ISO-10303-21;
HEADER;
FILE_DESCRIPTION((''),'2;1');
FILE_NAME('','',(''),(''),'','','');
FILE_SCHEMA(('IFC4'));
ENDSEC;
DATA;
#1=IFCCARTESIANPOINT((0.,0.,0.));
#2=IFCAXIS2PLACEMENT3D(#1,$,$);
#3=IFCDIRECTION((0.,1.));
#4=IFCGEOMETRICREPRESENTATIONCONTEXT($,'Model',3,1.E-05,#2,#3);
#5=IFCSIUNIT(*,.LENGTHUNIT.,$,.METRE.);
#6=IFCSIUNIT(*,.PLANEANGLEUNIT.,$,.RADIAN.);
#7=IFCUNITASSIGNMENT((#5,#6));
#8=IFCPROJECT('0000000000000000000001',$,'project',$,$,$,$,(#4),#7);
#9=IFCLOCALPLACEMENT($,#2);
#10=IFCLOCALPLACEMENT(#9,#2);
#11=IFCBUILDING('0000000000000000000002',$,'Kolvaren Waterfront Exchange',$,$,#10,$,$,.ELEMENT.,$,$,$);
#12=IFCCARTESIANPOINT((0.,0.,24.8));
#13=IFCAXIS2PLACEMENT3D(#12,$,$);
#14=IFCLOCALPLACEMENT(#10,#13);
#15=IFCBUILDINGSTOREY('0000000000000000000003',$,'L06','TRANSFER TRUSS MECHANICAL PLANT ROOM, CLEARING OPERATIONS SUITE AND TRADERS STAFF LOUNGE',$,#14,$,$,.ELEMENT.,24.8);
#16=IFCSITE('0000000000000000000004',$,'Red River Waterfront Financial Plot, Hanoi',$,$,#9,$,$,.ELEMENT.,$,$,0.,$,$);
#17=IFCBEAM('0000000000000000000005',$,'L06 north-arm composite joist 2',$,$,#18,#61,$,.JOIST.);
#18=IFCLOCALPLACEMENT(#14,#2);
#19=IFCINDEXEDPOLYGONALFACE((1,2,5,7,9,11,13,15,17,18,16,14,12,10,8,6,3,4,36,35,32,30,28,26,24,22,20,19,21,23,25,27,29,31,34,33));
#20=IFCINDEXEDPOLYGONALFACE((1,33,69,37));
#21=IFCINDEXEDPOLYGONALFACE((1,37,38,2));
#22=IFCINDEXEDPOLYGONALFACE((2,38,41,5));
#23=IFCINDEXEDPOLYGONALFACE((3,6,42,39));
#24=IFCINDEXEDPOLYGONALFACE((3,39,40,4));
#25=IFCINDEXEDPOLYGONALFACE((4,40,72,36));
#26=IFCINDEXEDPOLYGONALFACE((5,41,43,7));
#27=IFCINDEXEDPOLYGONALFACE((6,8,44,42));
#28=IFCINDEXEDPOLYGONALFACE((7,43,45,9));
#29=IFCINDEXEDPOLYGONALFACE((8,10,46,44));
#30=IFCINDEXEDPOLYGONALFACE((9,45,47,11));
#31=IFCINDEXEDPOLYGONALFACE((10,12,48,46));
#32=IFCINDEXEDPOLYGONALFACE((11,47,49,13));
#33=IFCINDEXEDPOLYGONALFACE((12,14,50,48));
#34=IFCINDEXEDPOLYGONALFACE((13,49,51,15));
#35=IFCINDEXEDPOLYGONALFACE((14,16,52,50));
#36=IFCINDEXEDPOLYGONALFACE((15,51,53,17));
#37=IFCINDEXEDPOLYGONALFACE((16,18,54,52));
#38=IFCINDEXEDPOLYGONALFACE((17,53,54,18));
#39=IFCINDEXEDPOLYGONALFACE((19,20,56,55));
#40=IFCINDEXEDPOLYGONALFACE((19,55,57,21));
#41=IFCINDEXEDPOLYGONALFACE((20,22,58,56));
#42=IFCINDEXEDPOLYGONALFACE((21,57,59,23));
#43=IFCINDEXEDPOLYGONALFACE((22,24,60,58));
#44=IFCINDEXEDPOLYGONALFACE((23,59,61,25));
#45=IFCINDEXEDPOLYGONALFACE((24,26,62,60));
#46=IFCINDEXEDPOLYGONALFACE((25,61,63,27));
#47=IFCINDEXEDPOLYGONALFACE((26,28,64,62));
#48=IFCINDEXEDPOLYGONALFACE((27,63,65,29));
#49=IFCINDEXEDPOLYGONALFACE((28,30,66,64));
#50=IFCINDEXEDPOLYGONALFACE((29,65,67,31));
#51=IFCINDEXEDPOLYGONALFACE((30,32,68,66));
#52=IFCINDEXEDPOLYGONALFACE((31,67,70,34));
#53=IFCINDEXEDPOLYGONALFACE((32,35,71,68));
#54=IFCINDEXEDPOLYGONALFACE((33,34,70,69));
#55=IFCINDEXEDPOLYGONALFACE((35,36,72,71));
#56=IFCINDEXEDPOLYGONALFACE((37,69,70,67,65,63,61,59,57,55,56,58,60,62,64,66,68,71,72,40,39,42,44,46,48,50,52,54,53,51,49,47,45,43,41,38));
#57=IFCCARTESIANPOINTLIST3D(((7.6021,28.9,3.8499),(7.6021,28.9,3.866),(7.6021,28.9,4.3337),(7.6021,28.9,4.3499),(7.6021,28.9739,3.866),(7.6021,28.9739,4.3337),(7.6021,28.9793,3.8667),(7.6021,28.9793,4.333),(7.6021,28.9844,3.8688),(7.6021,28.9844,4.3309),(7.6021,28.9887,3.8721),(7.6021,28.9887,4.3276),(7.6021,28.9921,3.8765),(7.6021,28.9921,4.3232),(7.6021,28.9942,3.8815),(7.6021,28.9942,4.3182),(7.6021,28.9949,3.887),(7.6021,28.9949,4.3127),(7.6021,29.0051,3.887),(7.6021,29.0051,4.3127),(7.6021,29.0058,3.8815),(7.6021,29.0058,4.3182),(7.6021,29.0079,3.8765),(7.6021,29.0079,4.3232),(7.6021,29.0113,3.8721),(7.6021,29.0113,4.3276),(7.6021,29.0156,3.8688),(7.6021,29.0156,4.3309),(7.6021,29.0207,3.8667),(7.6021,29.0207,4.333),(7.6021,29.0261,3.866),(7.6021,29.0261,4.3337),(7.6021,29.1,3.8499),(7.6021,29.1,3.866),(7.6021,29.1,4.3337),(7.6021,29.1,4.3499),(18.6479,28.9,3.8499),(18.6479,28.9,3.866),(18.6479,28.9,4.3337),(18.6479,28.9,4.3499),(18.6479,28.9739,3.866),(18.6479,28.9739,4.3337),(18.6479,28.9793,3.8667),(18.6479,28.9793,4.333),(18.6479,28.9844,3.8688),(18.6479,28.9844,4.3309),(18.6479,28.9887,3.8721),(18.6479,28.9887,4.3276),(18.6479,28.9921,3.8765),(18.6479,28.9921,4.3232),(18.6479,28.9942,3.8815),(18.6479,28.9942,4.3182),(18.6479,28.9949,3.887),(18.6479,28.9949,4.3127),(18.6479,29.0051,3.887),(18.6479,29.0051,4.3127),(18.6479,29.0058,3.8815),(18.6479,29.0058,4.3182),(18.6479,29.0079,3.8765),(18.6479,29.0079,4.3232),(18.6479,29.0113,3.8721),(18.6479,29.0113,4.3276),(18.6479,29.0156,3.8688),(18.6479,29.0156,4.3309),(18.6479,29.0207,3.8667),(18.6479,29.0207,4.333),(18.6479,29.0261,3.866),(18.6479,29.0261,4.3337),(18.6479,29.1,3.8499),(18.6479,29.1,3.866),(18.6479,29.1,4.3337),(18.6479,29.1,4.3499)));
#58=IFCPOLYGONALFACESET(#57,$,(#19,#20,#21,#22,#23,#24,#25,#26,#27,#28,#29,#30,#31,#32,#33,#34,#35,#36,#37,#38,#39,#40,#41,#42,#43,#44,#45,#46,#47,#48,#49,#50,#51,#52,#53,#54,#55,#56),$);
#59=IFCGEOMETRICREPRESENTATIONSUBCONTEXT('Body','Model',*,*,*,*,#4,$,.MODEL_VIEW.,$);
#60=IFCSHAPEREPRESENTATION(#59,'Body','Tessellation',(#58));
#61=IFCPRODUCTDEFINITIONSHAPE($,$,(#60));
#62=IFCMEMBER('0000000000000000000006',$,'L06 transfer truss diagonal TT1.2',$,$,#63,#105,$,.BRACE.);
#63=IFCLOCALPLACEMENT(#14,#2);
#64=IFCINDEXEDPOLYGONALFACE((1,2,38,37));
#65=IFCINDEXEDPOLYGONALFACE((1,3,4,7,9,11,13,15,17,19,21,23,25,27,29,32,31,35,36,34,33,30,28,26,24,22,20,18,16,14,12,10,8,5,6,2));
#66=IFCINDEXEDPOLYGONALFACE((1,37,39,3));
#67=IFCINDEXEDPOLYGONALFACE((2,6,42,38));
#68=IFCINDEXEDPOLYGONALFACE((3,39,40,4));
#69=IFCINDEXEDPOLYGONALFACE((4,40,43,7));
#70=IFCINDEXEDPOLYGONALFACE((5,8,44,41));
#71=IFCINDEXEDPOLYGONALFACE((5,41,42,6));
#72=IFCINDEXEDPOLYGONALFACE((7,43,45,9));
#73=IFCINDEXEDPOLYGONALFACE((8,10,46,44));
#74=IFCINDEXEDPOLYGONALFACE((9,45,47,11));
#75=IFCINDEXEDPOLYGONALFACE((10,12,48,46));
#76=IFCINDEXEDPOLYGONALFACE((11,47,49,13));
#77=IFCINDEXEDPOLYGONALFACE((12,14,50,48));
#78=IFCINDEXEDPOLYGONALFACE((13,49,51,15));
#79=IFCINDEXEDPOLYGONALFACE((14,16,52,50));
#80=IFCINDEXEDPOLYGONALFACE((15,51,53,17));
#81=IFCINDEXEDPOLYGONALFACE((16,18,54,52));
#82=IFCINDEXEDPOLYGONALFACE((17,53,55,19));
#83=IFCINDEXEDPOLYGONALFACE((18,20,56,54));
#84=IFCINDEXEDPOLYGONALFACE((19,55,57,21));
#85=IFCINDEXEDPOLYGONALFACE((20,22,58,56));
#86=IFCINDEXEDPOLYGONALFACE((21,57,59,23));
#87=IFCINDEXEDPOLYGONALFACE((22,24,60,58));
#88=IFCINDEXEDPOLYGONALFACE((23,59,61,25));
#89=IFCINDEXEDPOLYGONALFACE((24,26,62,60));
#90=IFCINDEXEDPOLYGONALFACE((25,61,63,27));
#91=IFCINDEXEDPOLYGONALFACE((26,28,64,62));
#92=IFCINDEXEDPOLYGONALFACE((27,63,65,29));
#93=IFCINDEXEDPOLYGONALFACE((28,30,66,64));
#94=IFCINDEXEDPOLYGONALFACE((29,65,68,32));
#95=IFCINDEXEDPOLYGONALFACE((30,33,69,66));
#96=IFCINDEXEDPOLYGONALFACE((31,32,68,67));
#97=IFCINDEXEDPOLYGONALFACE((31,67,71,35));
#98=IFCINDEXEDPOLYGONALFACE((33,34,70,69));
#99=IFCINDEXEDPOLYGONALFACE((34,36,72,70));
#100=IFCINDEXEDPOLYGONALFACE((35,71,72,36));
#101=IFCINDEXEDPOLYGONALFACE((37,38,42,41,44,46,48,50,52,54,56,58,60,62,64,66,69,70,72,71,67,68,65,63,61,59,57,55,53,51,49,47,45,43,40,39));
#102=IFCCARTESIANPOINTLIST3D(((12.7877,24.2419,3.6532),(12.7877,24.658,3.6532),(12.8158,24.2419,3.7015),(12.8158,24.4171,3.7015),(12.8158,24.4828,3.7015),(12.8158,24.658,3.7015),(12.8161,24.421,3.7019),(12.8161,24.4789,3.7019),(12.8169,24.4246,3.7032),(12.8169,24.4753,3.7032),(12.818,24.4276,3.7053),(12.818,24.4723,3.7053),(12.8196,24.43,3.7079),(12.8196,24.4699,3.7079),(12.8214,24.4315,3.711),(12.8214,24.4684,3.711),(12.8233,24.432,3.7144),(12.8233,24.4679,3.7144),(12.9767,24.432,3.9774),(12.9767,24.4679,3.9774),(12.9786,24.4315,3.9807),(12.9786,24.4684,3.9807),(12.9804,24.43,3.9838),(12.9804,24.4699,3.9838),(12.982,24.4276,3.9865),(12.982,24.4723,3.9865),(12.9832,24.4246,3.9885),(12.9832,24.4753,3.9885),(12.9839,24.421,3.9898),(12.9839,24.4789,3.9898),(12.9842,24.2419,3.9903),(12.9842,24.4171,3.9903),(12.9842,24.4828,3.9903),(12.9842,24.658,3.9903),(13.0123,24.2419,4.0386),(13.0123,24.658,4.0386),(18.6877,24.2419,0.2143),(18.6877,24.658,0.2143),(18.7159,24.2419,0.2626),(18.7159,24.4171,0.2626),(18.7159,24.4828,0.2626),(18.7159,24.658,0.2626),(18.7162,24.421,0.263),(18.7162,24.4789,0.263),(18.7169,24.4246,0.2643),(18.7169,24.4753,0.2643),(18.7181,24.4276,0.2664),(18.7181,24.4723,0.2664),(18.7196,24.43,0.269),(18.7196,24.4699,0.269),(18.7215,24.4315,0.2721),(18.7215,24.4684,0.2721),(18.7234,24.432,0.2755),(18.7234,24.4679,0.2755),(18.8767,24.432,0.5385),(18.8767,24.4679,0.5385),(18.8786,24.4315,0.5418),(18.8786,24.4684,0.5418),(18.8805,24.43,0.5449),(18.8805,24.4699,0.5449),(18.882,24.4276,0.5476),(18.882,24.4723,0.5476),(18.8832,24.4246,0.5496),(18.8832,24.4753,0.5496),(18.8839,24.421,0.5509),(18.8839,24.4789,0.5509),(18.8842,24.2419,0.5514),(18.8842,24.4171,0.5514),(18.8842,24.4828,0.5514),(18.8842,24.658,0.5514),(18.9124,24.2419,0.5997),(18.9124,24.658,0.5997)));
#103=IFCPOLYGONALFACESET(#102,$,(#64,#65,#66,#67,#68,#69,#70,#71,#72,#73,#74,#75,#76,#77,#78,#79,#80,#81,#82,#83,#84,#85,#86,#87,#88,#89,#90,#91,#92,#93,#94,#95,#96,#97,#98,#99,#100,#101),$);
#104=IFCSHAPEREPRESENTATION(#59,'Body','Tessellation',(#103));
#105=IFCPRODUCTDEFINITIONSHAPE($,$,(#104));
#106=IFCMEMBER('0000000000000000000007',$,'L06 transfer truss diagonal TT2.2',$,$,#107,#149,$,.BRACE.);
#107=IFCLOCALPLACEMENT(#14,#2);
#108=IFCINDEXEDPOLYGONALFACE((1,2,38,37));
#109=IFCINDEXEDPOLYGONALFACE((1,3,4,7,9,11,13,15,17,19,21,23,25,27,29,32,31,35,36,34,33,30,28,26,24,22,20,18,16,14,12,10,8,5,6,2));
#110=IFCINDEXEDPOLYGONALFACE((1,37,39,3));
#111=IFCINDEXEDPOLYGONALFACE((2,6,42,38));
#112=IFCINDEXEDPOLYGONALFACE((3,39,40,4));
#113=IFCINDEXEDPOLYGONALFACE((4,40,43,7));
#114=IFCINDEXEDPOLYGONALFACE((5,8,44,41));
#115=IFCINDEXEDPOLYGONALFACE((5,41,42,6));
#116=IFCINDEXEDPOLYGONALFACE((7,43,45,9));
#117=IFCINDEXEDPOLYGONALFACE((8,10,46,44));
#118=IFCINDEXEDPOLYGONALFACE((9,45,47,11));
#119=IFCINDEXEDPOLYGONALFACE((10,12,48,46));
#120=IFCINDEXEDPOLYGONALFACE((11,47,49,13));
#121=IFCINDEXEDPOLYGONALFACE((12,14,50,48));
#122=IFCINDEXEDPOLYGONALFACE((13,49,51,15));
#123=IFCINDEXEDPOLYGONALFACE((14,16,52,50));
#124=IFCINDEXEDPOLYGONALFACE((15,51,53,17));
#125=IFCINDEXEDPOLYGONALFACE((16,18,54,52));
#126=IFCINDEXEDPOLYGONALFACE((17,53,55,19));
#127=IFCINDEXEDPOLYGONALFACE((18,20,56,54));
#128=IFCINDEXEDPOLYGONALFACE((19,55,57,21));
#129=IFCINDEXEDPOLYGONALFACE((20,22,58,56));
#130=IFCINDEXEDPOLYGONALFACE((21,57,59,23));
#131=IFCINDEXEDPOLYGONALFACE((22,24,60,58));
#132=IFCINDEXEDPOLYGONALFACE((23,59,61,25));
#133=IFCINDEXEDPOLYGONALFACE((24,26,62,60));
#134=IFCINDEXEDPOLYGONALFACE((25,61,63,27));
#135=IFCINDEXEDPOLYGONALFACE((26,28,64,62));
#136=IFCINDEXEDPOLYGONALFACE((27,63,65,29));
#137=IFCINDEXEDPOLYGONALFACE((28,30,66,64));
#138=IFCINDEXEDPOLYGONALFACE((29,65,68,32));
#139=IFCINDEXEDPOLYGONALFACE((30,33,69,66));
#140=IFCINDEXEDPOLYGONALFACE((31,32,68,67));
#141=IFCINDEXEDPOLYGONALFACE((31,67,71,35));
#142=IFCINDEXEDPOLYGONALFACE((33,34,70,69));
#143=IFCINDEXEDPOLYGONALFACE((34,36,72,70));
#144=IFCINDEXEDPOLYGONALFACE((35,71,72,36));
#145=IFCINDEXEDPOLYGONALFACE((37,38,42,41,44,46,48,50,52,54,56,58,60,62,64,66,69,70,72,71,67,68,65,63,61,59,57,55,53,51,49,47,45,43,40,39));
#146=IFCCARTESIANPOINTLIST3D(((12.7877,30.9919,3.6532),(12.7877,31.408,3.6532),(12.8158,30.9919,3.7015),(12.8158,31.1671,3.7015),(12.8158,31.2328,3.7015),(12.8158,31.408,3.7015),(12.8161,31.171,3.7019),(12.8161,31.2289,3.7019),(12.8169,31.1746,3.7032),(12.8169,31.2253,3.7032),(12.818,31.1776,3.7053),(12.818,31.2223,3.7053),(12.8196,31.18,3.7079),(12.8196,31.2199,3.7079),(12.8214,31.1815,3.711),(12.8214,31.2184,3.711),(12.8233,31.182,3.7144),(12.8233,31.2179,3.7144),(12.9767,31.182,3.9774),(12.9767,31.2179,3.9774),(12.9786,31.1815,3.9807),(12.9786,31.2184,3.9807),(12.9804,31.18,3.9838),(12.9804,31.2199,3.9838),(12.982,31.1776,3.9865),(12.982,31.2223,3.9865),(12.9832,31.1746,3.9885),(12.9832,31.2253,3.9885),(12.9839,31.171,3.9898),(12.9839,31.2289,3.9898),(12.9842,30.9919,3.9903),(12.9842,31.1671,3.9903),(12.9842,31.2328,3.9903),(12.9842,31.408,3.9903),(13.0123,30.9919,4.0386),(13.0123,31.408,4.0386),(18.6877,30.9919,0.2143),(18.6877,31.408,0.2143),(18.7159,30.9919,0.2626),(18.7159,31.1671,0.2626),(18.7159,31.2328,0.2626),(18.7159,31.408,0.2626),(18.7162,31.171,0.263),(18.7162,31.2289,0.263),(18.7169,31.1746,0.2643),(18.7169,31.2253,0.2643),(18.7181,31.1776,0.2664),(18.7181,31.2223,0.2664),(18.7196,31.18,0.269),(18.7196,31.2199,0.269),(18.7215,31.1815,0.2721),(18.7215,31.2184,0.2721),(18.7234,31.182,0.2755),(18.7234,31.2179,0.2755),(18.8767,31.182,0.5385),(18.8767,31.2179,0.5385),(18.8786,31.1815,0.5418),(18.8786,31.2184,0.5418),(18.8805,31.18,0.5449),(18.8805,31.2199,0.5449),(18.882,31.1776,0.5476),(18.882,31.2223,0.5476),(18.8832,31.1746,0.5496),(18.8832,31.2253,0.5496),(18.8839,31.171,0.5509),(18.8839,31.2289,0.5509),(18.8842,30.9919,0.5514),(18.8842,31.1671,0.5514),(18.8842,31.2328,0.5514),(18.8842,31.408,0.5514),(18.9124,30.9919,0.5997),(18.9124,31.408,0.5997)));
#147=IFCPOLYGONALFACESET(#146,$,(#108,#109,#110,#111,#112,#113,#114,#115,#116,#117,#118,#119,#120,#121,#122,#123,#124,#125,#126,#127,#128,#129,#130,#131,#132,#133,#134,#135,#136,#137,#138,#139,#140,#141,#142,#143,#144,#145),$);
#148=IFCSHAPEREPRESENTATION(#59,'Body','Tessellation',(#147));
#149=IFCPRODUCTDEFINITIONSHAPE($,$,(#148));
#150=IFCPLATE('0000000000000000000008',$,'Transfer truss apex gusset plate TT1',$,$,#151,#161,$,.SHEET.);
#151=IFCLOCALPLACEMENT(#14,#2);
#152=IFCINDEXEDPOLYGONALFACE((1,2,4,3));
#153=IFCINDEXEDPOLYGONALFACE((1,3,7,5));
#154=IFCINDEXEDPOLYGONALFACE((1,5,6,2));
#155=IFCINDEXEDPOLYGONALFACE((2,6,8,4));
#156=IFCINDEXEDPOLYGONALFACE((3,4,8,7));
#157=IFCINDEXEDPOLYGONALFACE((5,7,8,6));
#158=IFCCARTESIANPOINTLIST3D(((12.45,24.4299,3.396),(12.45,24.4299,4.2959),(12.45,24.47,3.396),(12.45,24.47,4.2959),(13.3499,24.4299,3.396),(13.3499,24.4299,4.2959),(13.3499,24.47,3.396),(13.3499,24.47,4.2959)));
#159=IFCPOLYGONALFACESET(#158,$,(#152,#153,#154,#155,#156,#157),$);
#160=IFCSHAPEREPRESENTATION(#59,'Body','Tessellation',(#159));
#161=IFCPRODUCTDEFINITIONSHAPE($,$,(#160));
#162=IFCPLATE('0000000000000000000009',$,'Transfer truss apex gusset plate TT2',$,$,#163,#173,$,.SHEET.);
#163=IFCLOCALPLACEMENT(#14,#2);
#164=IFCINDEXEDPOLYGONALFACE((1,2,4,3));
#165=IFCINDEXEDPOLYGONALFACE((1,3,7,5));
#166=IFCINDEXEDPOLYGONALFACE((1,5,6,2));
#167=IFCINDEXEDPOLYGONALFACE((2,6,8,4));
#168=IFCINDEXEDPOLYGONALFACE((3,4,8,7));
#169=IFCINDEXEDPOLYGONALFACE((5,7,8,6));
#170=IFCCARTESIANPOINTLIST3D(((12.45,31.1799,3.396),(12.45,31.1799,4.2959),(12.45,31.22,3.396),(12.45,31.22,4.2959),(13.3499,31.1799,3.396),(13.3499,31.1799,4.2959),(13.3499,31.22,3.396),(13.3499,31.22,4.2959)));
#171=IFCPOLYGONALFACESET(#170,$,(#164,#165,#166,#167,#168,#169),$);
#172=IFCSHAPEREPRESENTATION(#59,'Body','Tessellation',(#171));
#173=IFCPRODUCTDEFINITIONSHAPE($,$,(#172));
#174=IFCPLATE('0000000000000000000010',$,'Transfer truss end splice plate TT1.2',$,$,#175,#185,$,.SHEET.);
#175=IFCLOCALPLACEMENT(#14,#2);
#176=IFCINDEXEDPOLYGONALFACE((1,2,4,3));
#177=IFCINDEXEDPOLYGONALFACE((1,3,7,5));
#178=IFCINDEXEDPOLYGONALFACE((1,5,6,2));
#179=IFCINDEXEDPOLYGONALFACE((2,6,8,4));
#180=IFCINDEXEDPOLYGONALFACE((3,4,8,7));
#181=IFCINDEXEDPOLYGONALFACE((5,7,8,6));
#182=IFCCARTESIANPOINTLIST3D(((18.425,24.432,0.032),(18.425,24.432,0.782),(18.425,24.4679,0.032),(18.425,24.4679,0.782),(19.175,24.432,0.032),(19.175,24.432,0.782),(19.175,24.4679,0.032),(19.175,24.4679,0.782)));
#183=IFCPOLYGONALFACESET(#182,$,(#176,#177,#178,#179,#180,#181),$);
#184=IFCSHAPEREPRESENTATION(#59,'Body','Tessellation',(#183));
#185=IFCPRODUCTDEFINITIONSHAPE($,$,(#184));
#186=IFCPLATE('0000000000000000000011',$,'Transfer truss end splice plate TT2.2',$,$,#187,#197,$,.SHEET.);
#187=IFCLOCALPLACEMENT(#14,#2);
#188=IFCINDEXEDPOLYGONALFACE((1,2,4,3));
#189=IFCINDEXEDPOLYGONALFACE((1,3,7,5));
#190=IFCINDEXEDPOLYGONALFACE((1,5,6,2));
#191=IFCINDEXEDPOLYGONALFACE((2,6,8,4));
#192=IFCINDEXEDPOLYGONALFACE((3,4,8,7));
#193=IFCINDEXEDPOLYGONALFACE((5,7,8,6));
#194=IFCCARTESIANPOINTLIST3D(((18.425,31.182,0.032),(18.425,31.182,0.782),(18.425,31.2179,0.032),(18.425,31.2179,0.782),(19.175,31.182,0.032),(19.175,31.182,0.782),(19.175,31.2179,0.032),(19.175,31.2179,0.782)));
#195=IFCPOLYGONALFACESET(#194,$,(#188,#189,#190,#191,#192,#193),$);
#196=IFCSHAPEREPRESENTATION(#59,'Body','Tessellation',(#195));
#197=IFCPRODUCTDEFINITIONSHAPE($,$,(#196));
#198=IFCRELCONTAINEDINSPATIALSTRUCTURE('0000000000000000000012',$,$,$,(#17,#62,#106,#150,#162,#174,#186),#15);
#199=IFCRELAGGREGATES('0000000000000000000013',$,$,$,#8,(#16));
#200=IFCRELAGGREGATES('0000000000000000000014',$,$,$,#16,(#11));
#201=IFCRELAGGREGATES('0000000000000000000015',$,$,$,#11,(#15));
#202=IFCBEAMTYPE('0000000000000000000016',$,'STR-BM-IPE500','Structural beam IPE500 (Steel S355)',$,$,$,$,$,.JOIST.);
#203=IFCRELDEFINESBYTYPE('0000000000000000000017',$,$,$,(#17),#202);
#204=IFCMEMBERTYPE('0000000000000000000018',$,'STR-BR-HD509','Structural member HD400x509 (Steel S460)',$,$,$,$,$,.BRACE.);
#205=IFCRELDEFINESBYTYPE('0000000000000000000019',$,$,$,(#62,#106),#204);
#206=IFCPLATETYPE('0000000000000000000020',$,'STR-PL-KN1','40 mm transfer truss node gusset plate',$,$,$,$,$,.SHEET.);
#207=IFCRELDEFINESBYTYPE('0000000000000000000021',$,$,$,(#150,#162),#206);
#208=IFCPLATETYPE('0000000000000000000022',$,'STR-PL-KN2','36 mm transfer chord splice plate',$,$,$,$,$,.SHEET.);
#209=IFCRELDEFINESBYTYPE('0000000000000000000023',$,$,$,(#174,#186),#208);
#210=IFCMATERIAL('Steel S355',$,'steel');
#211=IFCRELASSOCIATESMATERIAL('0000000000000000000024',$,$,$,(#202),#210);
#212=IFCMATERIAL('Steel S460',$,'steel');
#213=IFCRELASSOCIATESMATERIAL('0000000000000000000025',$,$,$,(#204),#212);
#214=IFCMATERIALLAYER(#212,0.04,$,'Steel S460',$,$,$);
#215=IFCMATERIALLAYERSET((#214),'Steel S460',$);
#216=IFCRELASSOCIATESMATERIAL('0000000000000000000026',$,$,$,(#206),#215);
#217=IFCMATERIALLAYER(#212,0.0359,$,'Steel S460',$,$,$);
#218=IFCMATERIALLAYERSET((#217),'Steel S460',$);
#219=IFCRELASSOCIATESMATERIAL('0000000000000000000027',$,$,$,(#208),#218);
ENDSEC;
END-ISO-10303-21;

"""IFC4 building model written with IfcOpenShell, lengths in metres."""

from ifc_helpers import new_model, si_unit, direction, frame, origin, origin_with_axes, origin_2d, place, context, subcontext, project, spatial, rectangle, i_section, extrude, source, transform, mapped, material, layer, layer_set, material_profile, profile_set, type_object, element, save


model = new_model("IFC4")

# Units and contexts
model_context = context("Model", 3, precision=1e-05, world=origin(), true_north=direction((0.0, 1.0)))
body_context = subcontext(model_context, "Body", "Model", "MODEL_VIEW")
ifc_project = project(units=[si_unit("LENGTHUNIT", "METRE"), si_unit("PLANEANGLEUNIT", "RADIAN")], contexts=[model_context])

# Site, building, storey
site_placement = place(None, origin())
site = spatial("IfcSite", under=ifc_project, at=site_placement, Name="Red River Waterfront Financial Plot, Hanoi", CompositionType="ELEMENT", RefElevation=0.0)
building_placement = place(site_placement, origin())
building = spatial("IfcBuilding", under=site, at=building_placement, Name="Kolvaren Waterfront Exchange", CompositionType="ELEMENT")
storey_placement = place(building_placement, frame((0.0, 0.0, 24.8)))
storey = spatial("IfcBuildingStorey", under=building, at=storey_placement, Name="L06", Description="TRANSFER TRUSS MECHANICAL PLANT ROOM, CLEARING OPERATIONS SUITE AND TRADERS STAFF LOUNGE", CompositionType="ELEMENT", Elevation=24.8)

# Beam
ifc_material_1 = material(Name="Steel S355", Category="steel")
ifc_material_profile_1 = material_profile(ifc_material_1, i_section(OverallWidth=0.2, OverallDepth=0.5, WebThickness=0.0103, FlangeThickness=0.0161, FilletRadius=0.021, at=origin_2d()), Name="IPE500")
ifc_profile_set_1 = profile_set([ifc_material_profile_1], Name="Steel S355")
beam_type_1 = type_object("IfcBeamType", Name="STR-BM-IPE500", Description="Structural beam IPE500 (Steel S355)", PredefinedType="JOIST", material=ifc_profile_set_1)
for number, where, z_axis, x_axis, name in (
    (1, (7.6021, 29.0, 4.0999), (1.0, 0.0, 0.0), (0.0, 1.0, 0.0), "L06 north-arm composite joist 2"),
):
    element("IfcBeam", number, at=place(storey_placement, frame(where, z_axis=z_axis, x_axis=x_axis)), inside=storey, type_object=beam_type_1, Name=name, PredefinedType="JOIST", context=body_context, shape_type="SweptSolid", body=[
        extrude(i_section(OverallWidth=0.2, OverallDepth=0.5, WebThickness=0.0103, FlangeThickness=0.0161, FilletRadius=0.021, at=origin_2d()), origin(), (0.0, 0.0, 1.0), 11.0459),
    ])

# Members
ifc_material_2 = material(Name="Steel S460", Category="steel")
ifc_material_profile_2 = material_profile(ifc_material_2, i_section(OverallWidth=0.416, OverallDepth=0.446, WebThickness=0.0359, FlangeThickness=0.0559, FilletRadius=0.0149, at=origin_2d()), Name="HD400x509")
ifc_profile_set_2 = profile_set([ifc_material_profile_2], Name="Steel S460")
member_type = type_object("IfcMemberType", Name="STR-BR-HD509", Description="Structural member HD400x509 (Steel S460)", PredefinedType="BRACE", material=ifc_profile_set_2)
for number, where, z_axis, x_axis, name in (
    (2, (18.8, 24.45, 0.407), (-0.863956, 0.0, 0.503566), (0.0, -1.0, 0.0), "L06 transfer truss diagonal TT1.2"),
    (3, (18.8, 31.2, 0.407), (-0.863956, 0.0, 0.503566), (0.0, -1.0, 0.0), "L06 transfer truss diagonal TT2.2"),
):
    element("IfcMember", number, at=place(storey_placement, frame(where, z_axis=z_axis, x_axis=x_axis)), inside=storey, type_object=member_type, Name=name, PredefinedType="BRACE", context=body_context, shape_type="SweptSolid", body=[
        extrude(i_section(OverallWidth=0.416, OverallDepth=0.446, WebThickness=0.0359, FlangeThickness=0.0559, FilletRadius=0.0149, at=origin_2d()), origin(), (0.0, 0.0, 1.0), 6.8291),
    ])

# Plates
ifc_layer_1 = layer(ifc_material_2, 0.04, Name="Steel S460")
ifc_layer_set_1 = layer_set([ifc_layer_1], Name="Steel S460")
plate_type_1 = type_object("IfcPlateType", Name="STR-PL-KN1", Description="40 mm transfer truss node gusset plate", PredefinedType="SHEET", material=ifc_layer_set_1)
shared_shape_1 = source(origin_with_axes(), body_context, "Body", "SweptSolid", [
    extrude(rectangle(XDim=0.8999, YDim=0.04, at=origin_2d()), origin(), (0.0, 0.0, 1.0), 0.8999),
])
for number, where, z_axis, x_axis, name in (
    (4, (12.8999, 24.45, 3.396), (0.0, 0.0, 1.0), (1.0, 0.0, 0.0), "Transfer truss apex gusset plate TT1"),
    (5, (12.8999, 31.2, 3.396), (0.0, 0.0, 1.0), (1.0, 0.0, 0.0), "Transfer truss apex gusset plate TT2"),
):
    element("IfcPlate", number, at=place(storey_placement, frame(where, z_axis=z_axis, x_axis=x_axis)), inside=storey, type_object=plate_type_1, Name=name, PredefinedType="SHEET", context=body_context, shape_type="MappedRepresentation", body=[
        mapped(shared_shape_1, transform((0.0, 0.0, 0.0), x_axis=(1.0, 0.0, 0.0), y_axis=(0.0, 1.0, 0.0), z_axis=(0.0, 0.0, 1.0), scale=1.0)),
    ])
ifc_layer_2 = layer(ifc_material_2, 0.0359, Name="Steel S460")
ifc_layer_set_2 = layer_set([ifc_layer_2], Name="Steel S460")
plate_type_2 = type_object("IfcPlateType", Name="STR-PL-KN2", Description="36 mm transfer chord splice plate", PredefinedType="SHEET", material=ifc_layer_set_2)
shared_shape_2 = source(origin_with_axes(), body_context, "Body", "SweptSolid", [
    extrude(rectangle(XDim=0.75, YDim=0.0359, at=origin_2d()), origin(), (0.0, 0.0, 1.0), 0.75),
])
for number, where, z_axis, x_axis, name in (
    (6, (18.8, 24.45, 0.032), (0.0, 0.0, 1.0), (1.0, 0.0, 0.0), "Transfer truss end splice plate TT1.2"),
    (7, (18.8, 31.2, 0.032), (0.0, 0.0, 1.0), (1.0, 0.0, 0.0), "Transfer truss end splice plate TT2.2"),
):
    element("IfcPlate", number, at=place(storey_placement, frame(where, z_axis=z_axis, x_axis=x_axis)), inside=storey, type_object=plate_type_2, Name=name, PredefinedType="SHEET", context=body_context, shape_type="MappedRepresentation", body=[
        mapped(shared_shape_2, transform((0.0, 0.0, 0.0), x_axis=(1.0, 0.0, 0.0), y_axis=(0.0, 1.0, 0.0), z_axis=(0.0, 0.0, 1.0), scale=1.0)),
    ])

save(model, "model.ifc")
